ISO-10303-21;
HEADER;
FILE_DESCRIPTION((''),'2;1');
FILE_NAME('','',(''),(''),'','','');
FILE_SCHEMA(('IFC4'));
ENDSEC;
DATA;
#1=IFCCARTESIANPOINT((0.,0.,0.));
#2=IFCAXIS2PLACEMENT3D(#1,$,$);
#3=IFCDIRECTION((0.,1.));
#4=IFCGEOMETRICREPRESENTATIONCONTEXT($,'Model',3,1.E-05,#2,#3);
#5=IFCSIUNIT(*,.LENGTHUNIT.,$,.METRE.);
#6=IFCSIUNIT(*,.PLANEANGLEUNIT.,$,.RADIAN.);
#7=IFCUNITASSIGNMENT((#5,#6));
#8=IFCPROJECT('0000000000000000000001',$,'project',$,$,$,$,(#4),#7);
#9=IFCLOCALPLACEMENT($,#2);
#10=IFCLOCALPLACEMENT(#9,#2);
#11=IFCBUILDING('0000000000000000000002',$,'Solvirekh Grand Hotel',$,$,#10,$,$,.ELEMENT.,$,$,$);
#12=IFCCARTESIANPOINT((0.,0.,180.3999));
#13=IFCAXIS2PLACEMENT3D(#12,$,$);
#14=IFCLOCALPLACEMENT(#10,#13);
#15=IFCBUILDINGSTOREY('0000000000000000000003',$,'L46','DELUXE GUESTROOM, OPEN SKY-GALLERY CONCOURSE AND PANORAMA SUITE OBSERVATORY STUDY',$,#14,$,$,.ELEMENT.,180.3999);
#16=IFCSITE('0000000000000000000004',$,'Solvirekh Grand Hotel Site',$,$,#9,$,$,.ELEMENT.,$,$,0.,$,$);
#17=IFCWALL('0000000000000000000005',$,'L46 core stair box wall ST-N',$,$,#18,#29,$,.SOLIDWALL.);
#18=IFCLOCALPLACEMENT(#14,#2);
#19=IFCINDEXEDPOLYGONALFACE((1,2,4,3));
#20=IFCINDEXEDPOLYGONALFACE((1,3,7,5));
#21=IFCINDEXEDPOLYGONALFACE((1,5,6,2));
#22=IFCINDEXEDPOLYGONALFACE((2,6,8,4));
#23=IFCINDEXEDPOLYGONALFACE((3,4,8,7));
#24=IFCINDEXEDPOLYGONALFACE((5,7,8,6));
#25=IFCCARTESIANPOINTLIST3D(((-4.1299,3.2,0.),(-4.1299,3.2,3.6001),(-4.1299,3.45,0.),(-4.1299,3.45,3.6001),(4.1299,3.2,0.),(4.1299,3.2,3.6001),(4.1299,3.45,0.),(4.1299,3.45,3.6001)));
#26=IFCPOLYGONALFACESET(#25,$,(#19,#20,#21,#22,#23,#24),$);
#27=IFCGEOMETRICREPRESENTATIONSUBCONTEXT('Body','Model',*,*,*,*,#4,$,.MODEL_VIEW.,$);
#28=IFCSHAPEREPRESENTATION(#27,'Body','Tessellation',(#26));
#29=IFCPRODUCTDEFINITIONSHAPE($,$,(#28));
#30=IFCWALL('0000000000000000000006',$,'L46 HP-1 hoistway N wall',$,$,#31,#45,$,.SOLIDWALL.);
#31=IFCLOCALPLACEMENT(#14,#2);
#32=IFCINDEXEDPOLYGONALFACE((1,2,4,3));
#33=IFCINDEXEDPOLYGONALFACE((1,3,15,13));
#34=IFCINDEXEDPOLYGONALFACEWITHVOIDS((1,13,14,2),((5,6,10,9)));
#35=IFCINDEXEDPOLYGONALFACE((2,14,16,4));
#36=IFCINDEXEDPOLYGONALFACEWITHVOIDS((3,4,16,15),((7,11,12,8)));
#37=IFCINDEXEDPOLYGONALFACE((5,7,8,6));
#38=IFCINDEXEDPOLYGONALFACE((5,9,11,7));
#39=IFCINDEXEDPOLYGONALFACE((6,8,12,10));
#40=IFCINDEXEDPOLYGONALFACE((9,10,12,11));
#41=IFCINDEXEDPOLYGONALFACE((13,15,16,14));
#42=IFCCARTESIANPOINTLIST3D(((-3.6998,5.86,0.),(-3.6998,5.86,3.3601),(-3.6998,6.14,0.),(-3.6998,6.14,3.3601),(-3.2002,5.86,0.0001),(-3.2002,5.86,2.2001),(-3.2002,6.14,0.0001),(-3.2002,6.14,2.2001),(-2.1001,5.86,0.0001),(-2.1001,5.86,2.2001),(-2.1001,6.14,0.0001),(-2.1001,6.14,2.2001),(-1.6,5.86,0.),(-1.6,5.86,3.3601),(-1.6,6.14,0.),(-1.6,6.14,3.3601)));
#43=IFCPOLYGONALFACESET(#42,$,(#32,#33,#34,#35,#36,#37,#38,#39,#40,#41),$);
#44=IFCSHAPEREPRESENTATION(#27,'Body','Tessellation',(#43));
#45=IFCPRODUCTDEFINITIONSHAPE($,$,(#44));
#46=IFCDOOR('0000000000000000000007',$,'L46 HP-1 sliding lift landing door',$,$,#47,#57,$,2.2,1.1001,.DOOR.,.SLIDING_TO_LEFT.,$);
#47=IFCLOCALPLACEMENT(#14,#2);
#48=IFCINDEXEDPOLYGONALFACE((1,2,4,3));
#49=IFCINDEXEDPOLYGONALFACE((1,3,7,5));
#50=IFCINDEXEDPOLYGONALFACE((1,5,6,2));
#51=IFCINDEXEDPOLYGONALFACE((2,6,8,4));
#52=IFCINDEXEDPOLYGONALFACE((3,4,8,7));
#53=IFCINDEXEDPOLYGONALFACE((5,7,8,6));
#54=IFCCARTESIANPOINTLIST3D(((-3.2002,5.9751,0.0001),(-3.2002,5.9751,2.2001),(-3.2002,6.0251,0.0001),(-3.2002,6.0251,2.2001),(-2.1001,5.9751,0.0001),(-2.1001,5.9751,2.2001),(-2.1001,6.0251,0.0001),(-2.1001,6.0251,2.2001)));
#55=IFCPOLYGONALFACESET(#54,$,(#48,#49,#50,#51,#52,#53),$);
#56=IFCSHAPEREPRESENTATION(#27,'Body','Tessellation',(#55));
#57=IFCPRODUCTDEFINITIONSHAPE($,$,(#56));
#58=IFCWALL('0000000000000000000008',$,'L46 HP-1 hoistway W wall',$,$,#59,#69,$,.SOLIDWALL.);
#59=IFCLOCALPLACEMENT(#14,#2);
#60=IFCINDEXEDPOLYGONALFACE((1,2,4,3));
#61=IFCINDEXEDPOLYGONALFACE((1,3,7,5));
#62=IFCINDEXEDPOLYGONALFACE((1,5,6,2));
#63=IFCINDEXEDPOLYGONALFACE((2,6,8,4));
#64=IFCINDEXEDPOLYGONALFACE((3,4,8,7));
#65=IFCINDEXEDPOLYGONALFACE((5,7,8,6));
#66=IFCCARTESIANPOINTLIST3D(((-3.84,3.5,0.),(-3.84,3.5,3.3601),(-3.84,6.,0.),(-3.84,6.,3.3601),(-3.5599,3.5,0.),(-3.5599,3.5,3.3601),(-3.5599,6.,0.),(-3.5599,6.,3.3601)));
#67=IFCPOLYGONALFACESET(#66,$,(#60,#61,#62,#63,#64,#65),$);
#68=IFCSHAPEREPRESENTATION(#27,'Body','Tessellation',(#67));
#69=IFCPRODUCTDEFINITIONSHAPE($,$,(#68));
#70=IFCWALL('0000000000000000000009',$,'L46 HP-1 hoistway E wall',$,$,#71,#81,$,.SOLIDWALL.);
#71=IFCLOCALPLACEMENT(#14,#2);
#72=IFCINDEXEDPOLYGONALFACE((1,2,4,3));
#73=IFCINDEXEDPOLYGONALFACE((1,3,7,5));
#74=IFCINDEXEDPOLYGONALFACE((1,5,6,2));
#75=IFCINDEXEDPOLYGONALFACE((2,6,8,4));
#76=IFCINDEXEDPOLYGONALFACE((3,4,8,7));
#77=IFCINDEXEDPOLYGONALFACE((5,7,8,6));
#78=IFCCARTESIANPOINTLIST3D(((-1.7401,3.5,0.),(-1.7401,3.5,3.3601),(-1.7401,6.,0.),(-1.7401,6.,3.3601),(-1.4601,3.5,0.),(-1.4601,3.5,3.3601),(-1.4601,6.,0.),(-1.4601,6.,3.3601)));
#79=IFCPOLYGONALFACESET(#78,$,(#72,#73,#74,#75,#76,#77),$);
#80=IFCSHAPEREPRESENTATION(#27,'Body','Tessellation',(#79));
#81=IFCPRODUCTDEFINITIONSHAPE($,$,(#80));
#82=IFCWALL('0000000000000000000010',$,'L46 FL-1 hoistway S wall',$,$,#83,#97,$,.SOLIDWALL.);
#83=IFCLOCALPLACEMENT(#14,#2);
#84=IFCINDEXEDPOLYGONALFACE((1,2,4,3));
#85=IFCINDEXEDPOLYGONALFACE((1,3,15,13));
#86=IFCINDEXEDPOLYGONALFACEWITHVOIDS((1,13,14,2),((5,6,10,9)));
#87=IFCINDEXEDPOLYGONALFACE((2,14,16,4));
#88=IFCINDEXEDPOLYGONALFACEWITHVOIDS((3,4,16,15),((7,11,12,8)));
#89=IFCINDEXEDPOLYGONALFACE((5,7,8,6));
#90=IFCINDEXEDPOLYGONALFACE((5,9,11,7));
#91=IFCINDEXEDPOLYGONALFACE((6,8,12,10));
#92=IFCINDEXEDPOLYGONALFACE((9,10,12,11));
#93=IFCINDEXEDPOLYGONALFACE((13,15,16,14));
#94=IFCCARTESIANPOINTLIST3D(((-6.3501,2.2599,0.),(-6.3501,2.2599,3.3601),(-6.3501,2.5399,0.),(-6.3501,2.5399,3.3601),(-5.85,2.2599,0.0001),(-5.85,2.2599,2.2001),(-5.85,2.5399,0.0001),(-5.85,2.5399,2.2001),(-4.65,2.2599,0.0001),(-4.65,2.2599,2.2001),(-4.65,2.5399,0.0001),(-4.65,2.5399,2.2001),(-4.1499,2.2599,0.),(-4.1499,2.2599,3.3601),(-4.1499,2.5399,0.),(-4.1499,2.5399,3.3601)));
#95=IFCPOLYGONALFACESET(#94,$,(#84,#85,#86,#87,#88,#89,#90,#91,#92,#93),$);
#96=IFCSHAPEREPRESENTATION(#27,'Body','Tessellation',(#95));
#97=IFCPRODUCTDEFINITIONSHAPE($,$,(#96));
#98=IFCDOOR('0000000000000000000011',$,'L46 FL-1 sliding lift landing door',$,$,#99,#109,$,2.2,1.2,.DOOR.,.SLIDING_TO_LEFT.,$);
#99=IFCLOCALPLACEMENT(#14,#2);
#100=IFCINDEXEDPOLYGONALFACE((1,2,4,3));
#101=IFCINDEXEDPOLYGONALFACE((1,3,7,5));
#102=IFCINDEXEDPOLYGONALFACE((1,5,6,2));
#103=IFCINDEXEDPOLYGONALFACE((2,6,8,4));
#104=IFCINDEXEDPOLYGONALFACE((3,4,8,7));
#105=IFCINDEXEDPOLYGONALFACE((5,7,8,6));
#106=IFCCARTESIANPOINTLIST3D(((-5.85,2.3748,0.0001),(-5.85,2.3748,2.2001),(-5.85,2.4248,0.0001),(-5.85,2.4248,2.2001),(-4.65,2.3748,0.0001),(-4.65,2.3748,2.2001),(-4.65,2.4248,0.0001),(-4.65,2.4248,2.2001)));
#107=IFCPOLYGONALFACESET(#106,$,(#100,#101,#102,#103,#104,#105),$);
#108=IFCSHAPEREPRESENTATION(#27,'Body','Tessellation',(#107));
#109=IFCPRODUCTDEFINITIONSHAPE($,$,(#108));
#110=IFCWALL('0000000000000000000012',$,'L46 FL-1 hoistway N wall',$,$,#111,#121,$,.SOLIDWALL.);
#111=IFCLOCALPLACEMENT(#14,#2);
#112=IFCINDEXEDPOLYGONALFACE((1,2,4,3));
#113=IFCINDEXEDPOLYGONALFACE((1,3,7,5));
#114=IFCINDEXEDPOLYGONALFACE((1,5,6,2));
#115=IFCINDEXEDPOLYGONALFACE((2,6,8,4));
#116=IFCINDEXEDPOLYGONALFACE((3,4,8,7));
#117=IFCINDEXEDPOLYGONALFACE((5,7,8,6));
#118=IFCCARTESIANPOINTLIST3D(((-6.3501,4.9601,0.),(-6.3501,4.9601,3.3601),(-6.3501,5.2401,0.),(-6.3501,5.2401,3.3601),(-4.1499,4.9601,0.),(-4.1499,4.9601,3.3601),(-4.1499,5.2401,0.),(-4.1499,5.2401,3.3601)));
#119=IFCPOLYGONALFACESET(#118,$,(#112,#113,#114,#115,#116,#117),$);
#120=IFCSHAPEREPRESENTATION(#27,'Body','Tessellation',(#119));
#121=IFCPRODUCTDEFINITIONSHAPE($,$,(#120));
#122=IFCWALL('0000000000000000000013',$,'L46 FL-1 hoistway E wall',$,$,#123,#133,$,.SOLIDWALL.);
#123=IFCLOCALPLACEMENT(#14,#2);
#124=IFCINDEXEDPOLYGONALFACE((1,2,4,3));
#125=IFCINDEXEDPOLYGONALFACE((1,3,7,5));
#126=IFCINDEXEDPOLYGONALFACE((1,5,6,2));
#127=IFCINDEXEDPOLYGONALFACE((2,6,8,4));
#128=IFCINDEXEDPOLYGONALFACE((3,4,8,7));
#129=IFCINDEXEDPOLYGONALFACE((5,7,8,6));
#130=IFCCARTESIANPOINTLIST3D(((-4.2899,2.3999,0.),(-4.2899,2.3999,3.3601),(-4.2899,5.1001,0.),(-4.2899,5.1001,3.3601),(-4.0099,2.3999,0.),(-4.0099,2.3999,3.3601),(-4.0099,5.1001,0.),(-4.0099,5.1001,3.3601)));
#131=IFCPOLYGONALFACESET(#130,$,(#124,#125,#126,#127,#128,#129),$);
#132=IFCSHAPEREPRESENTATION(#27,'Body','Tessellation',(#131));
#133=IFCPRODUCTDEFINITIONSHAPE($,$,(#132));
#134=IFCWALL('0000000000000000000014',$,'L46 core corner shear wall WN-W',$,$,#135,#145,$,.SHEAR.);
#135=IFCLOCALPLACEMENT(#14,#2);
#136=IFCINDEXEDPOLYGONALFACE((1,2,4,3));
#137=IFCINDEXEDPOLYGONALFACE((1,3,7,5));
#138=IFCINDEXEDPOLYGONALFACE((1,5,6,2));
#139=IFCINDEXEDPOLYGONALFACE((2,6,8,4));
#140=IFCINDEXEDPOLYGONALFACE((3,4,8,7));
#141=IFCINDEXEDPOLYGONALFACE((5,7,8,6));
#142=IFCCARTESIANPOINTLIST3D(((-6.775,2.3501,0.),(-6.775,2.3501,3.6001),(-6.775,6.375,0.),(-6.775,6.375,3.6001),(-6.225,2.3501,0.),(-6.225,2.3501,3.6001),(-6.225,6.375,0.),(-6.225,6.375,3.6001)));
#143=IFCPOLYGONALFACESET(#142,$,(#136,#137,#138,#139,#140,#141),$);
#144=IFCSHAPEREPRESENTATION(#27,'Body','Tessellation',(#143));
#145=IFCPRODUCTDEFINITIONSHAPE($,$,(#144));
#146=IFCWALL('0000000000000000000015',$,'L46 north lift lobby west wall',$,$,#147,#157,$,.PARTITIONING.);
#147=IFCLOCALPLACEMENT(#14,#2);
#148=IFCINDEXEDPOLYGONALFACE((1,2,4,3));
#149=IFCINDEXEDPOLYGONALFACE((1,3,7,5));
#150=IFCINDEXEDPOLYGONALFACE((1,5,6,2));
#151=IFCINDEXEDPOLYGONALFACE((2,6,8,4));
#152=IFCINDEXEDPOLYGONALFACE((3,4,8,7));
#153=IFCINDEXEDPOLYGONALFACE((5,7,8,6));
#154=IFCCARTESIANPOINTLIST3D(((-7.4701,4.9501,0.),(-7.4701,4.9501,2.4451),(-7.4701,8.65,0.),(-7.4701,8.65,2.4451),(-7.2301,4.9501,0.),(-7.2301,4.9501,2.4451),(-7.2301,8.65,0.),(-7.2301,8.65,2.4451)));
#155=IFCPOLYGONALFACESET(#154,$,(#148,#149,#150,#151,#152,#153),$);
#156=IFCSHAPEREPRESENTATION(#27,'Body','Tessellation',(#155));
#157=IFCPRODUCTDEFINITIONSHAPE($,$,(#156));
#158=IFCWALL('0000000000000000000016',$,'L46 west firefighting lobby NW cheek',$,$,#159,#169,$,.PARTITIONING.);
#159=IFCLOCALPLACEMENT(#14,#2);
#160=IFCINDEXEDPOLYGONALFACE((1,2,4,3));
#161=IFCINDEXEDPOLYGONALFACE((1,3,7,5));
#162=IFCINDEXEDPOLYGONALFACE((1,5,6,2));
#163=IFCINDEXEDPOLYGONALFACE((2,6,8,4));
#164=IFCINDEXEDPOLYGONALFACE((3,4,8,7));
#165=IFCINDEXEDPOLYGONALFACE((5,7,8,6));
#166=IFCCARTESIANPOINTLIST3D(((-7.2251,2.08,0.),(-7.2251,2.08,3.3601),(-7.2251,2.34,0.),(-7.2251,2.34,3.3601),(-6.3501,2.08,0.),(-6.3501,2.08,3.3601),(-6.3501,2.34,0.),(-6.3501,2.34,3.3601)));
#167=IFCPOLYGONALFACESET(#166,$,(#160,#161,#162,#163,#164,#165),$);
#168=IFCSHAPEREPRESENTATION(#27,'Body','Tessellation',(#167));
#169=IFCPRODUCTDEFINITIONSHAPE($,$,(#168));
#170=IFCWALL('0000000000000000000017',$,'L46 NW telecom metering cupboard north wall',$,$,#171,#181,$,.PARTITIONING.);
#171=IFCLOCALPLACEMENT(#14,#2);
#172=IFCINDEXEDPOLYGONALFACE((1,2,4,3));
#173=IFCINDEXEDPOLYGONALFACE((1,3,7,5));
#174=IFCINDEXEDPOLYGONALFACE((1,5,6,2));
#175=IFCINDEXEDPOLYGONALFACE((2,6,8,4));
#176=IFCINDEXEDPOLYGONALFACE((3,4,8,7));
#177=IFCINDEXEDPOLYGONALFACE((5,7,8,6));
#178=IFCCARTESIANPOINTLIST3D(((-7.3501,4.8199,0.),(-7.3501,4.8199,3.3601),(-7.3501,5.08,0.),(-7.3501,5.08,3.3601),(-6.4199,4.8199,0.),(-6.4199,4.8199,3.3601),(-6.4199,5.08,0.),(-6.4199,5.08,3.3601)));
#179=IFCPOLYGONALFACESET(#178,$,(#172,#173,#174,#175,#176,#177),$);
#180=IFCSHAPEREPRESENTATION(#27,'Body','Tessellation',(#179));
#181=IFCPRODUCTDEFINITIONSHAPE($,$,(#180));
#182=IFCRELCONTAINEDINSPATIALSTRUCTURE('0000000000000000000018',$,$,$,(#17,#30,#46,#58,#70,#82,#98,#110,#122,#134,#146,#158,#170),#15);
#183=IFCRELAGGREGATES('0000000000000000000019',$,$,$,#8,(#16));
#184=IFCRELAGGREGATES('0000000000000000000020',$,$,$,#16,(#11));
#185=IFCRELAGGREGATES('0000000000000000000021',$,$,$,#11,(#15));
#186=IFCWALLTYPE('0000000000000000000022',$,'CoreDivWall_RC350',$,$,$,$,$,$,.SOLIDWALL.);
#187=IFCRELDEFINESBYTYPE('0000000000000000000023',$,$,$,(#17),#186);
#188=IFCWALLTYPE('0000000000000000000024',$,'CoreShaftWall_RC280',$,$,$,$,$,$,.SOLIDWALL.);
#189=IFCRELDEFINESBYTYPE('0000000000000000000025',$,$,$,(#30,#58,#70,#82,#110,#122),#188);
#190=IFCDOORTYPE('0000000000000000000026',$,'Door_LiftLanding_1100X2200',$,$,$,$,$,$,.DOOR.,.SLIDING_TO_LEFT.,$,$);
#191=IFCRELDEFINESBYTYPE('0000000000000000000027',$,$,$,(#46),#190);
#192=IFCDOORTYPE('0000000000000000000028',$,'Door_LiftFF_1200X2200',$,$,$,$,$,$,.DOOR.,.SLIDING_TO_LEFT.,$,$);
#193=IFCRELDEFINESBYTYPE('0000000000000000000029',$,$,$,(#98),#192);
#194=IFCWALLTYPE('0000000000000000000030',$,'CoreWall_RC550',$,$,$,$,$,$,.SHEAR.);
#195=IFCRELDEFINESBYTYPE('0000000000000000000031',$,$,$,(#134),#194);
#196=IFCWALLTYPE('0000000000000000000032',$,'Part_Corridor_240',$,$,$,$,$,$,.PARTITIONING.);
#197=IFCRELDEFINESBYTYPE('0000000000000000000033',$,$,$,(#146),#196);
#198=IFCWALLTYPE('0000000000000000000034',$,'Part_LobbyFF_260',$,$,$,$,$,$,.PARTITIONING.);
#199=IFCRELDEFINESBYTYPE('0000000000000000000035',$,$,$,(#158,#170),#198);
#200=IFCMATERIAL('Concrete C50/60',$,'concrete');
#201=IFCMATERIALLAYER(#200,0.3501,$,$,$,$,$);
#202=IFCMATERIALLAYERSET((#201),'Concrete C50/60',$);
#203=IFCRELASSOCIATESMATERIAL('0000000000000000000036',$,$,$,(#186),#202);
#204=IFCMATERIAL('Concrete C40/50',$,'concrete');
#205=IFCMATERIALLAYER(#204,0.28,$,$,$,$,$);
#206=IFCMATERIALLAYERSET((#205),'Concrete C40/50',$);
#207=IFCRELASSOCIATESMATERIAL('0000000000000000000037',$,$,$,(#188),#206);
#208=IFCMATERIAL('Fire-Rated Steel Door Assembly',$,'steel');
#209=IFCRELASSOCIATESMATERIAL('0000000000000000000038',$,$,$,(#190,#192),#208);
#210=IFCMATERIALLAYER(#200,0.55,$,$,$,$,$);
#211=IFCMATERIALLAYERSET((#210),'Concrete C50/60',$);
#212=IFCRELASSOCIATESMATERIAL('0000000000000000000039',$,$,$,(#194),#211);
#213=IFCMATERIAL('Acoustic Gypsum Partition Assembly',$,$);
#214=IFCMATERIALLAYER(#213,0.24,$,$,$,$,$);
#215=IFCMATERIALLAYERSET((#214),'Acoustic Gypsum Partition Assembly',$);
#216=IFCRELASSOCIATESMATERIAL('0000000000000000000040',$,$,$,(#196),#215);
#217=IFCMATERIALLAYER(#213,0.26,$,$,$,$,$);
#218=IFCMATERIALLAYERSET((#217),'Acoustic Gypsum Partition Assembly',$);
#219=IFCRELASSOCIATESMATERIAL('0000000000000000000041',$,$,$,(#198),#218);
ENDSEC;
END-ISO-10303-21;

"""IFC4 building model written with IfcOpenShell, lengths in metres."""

from ifc_helpers import new_model, si_unit, direction, frame, frame_2d, origin, place, context, subcontext, project, spatial, rectangle, extrude, material, layer, layer_set, type_object, element, fill, save


model = new_model("IFC4")

# Units and contexts
model_context = context("Model", 3, precision=1e-05, world=origin(), true_north=direction((0.0, 1.0)))
body_context = subcontext(model_context, "Body", "Model", "MODEL_VIEW")
ifc_project = project(units=[si_unit("LENGTHUNIT", "METRE"), si_unit("PLANEANGLEUNIT", "RADIAN")], contexts=[model_context])

# Site, building, storey
site_placement = place(None, origin())
site = spatial("IfcSite", under=ifc_project, at=site_placement, Name="Solvirekh Grand Hotel Site", CompositionType="ELEMENT", RefElevation=0.0)
building_placement = place(site_placement, origin())
building = spatial("IfcBuilding", under=site, at=building_placement, Name="Solvirekh Grand Hotel", CompositionType="ELEMENT")
storey_placement = place(building_placement, frame((0.0, 0.0, 180.3999)))
storey = spatial("IfcBuildingStorey", under=building, at=storey_placement, Name="L46", Description="DELUXE GUESTROOM, OPEN SKY-GALLERY CONCOURSE AND PANORAMA SUITE OBSERVATORY STUDY", CompositionType="ELEMENT", Elevation=180.3999)

# Wall
ifc_material_1 = material(Name="Concrete C50/60", Category="concrete")
ifc_layer_1 = layer(ifc_material_1, 0.3501)
ifc_layer_set_1 = layer_set([ifc_layer_1], Name="Concrete C50/60")
wall_type_1 = type_object("IfcWallType", Name="CoreDivWall_RC350", PredefinedType="SOLIDWALL", material=ifc_layer_set_1)
wall_1_placement = place(storey_placement, frame((-4.1299, 3.325, 0.0), z_axis=(0.0, 0.0, 1.0), x_axis=(1.0, 0.0, 0.0)))
element("IfcWall", 1, at=wall_1_placement, inside=storey, type_object=wall_type_1, Name="L46 core stair box wall ST-N", PredefinedType="SOLIDWALL", context=body_context, shape_type="SweptSolid", body=[
    extrude(rectangle(XDim=8.2598, YDim=0.25, at=frame_2d((4.1299, 0.0))), origin(), (0.0, 0.0, 1.0), 3.6001),
])

# Wall, opening, door
ifc_material_2 = material(Name="Concrete C40/50", Category="concrete")
ifc_layer_2 = layer(ifc_material_2, 0.28)
ifc_layer_set_2 = layer_set([ifc_layer_2], Name="Concrete C40/50")
wall_type_2 = type_object("IfcWallType", Name="CoreShaftWall_RC280", PredefinedType="SOLIDWALL", material=ifc_layer_set_2)
wall_2_placement = place(storey_placement, frame((-1.6001, 6.0, 0.0), z_axis=(0.0, 0.0, 1.0), x_axis=(-1.0, 0.0, 0.0)))
wall_2 = element("IfcWall", 2, at=wall_2_placement, inside=storey, type_object=wall_type_2, Name="L46 HP-1 hoistway N wall", PredefinedType="SOLIDWALL", context=body_context, shape_type="SweptSolid", body=[
    extrude(rectangle(XDim=2.0999, YDim=0.28, at=frame_2d((1.0498, 0.0))), origin(), (0.0, 0.0, 1.0), 3.3601),
])
opening_1_placement = place(wall_2_placement, frame((0.5, 0.0, 0.0)))
opening_1 = element("IfcOpeningElement", 3, at=opening_1_placement, cuts=wall_2, PredefinedType="OPENING", context=body_context, shape_type="SweptSolid", body=[
    extrude(rectangle(XDim=1.1001, YDim=2.2, at=frame_2d((0.55, 1.1001))), frame((0.0, 0.1499, 0.0), z_axis=(0.0, -1.0, 0.0), x_axis=(1.0, 0.0, 0.0)), (0.0, 0.0, 1.0), 0.3),
])
ifc_material_3 = material(Name="Fire-Rated Steel Door Assembly", Category="steel")
door_type_1 = type_object("IfcDoorType", Name="Door_LiftLanding_1100X2200", OperationType="SLIDING_TO_LEFT", PredefinedType="DOOR", material=ifc_material_3)
door_1_placement = place(opening_1_placement, origin())
door_1 = element("IfcDoor", 4, at=door_1_placement, inside=storey, type_object=door_type_1, Name="L46 HP-1 sliding lift landing door", OperationType="SLIDING_TO_LEFT", OverallHeight=2.2, OverallWidth=1.1001, PredefinedType="DOOR", context=body_context, shape_type="SweptSolid", body=[
    extrude(rectangle(XDim=1.1001, YDim=2.2, at=frame_2d((0.55, 1.1001))), frame((0.0, 0.0249, 0.0), z_axis=(0.0, -1.0, 0.0), x_axis=(1.0, 0.0, 0.0)), (0.0, 0.0, 1.0), 0.05),
])
fill(opening_1, door_1)

# Walls
for number, where, z_axis, x_axis, name in (
    (5, (-3.7, 6.0, 0.0), (0.0, 0.0, 1.0), (0.0, -1.0, 0.0), "L46 HP-1 hoistway W wall"),
    (6, (-1.6001, 3.5, 0.0), (0.0, 0.0, 1.0), (0.0, 1.0, 0.0), "L46 HP-1 hoistway E wall"),
):
    element("IfcWall", number, at=place(storey_placement, frame(where, z_axis=z_axis, x_axis=x_axis)), inside=storey, type_object=wall_type_2, Name=name, PredefinedType="SOLIDWALL", context=body_context, shape_type="SweptSolid", body=[
        extrude(rectangle(XDim=2.5, YDim=0.28, at=frame_2d((1.25, 0.0))), origin(), (0.0, 0.0, 1.0), 3.3601),
    ])

# Wall, opening, door
wall_3_placement = place(storey_placement, frame((-6.3501, 2.3999, 0.0), z_axis=(0.0, 0.0, 1.0), x_axis=(1.0, 0.0, 0.0)))
wall_3 = element("IfcWall", 7, at=wall_3_placement, inside=storey, type_object=wall_type_2, Name="L46 FL-1 hoistway S wall", PredefinedType="SOLIDWALL", context=body_context, shape_type="SweptSolid", body=[
    extrude(rectangle(XDim=2.2002, YDim=0.28, at=frame_2d((1.1001, 0.0))), origin(), (0.0, 0.0, 1.0), 3.3601),
])
opening_2_placement = place(wall_3_placement, frame((0.5, 0.0, 0.0)))
opening_2 = element("IfcOpeningElement", 8, at=opening_2_placement, cuts=wall_3, PredefinedType="OPENING", context=body_context, shape_type="SweptSolid", body=[
    extrude(rectangle(XDim=1.2, YDim=2.2, at=frame_2d((0.6001, 1.1001))), frame((0.0, 0.1499, 0.0), z_axis=(0.0, -1.0, 0.0), x_axis=(1.0, 0.0, 0.0)), (0.0, 0.0, 1.0), 0.3),
])
door_type_2 = type_object("IfcDoorType", Name="Door_LiftFF_1200X2200", OperationType="SLIDING_TO_LEFT", PredefinedType="DOOR", material=ifc_material_3)
door_2_placement = place(opening_2_placement, origin())
door_2 = element("IfcDoor", 9, at=door_2_placement, inside=storey, type_object=door_type_2, Name="L46 FL-1 sliding lift landing door", OperationType="SLIDING_TO_LEFT", OverallHeight=2.2, OverallWidth=1.2, PredefinedType="DOOR", context=body_context, shape_type="SweptSolid", body=[
    extrude(rectangle(XDim=1.2, YDim=2.2, at=frame_2d((0.6001, 1.1001))), frame((0.0, 0.0249, 0.0), z_axis=(0.0, -1.0, 0.0), x_axis=(1.0, 0.0, 0.0)), (0.0, 0.0, 1.0), 0.05),
])
fill(opening_2, door_2)

# Walls
wall_4_placement = place(storey_placement, frame((-4.1499, 5.1001, 0.0), z_axis=(0.0, 0.0, 1.0), x_axis=(-1.0, 0.0, 0.0)))
element("IfcWall", 10, at=wall_4_placement, inside=storey, type_object=wall_type_2, Name="L46 FL-1 hoistway N wall", PredefinedType="SOLIDWALL", context=body_context, shape_type="SweptSolid", body=[
    extrude(rectangle(XDim=2.2002, YDim=0.28, at=frame_2d((1.1001, 0.0))), origin(), (0.0, 0.0, 1.0), 3.3601),
])
wall_5_placement = place(storey_placement, frame((-4.1499, 2.3999, 0.0), z_axis=(0.0, 0.0, 1.0), x_axis=(0.0, 1.0, 0.0)))
element("IfcWall", 11, at=wall_5_placement, inside=storey, type_object=wall_type_2, Name="L46 FL-1 hoistway E wall", PredefinedType="SOLIDWALL", context=body_context, shape_type="SweptSolid", body=[
    extrude(rectangle(XDim=2.7002, YDim=0.28, at=frame_2d((1.3501, 0.0))), origin(), (0.0, 0.0, 1.0), 3.3601),
])
ifc_layer_3 = layer(ifc_material_1, 0.55)
ifc_layer_set_3 = layer_set([ifc_layer_3], Name="Concrete C50/60")
wall_type_3 = type_object("IfcWallType", Name="CoreWall_RC550", PredefinedType="SHEAR", material=ifc_layer_set_3)
wall_6_placement = place(storey_placement, frame((-6.5, 2.3501, 0.0), z_axis=(0.0, 0.0, 1.0), x_axis=(0.0, 1.0, 0.0)))
element("IfcWall", 12, at=wall_6_placement, inside=storey, type_object=wall_type_3, Name="L46 core corner shear wall WN-W", PredefinedType="SHEAR", context=body_context, shape_type="SweptSolid", body=[
    extrude(rectangle(XDim=4.0249, YDim=0.55, at=frame_2d((2.0125, 0.0))), origin(), (0.0, 0.0, 1.0), 3.6001),
])
ifc_material_4 = material(Name="Acoustic Gypsum Partition Assembly")
ifc_layer_4 = layer(ifc_material_4, 0.24)
ifc_layer_set_4 = layer_set([ifc_layer_4], Name="Acoustic Gypsum Partition Assembly")
wall_type_4 = type_object("IfcWallType", Name="Part_Corridor_240", PredefinedType="PARTITIONING", material=ifc_layer_set_4)
wall_7_placement = place(storey_placement, frame((-7.3501, 4.95, 0.0), z_axis=(0.0, 0.0, 1.0), x_axis=(0.0, 1.0, 0.0)))
element("IfcWall", 13, at=wall_7_placement, inside=storey, type_object=wall_type_4, Name="L46 north lift lobby west wall", PredefinedType="PARTITIONING", context=body_context, shape_type="SweptSolid", body=[
    extrude(rectangle(XDim=3.7, YDim=0.24, at=frame_2d((1.8501, 0.0))), origin(), (0.0, 0.0, 1.0), 2.4451),
])
ifc_layer_5 = layer(ifc_material_4, 0.26)
ifc_layer_set_5 = layer_set([ifc_layer_5], Name="Acoustic Gypsum Partition Assembly")
wall_type_5 = type_object("IfcWallType", Name="Part_LobbyFF_260", PredefinedType="PARTITIONING", material=ifc_layer_set_5)
wall_8_placement = place(storey_placement, frame((-7.2251, 2.21, 0.0), z_axis=(0.0, 0.0, 1.0), x_axis=(1.0, 0.0, 0.0)))
element("IfcWall", 14, at=wall_8_placement, inside=storey, type_object=wall_type_5, Name="L46 west firefighting lobby NW cheek", PredefinedType="PARTITIONING", context=body_context, shape_type="SweptSolid", body=[
    extrude(rectangle(XDim=0.875, YDim=0.26, at=frame_2d((0.4375, 0.0))), origin(), (0.0, 0.0, 1.0), 3.3601),
])
for number, where, z_axis, x_axis, name in (
    (15, (-7.3501, 4.95, 0.0), (0.0, 0.0, 1.0), (1.0, 0.0, 0.0), "L46 NW telecom metering cupboard north wall"),
):
    element("IfcWall", number, at=place(storey_placement, frame(where, z_axis=z_axis, x_axis=x_axis)), inside=storey, type_object=wall_type_5, Name=name, PredefinedType="PARTITIONING", context=body_context, shape_type="SweptSolid", body=[
        extrude(rectangle(XDim=0.9302, YDim=0.26, at=frame_2d((0.4651, 0.0))), origin(), (0.0, 0.0, 1.0), 3.3601),
    ])

save(model, "model.ifc")
